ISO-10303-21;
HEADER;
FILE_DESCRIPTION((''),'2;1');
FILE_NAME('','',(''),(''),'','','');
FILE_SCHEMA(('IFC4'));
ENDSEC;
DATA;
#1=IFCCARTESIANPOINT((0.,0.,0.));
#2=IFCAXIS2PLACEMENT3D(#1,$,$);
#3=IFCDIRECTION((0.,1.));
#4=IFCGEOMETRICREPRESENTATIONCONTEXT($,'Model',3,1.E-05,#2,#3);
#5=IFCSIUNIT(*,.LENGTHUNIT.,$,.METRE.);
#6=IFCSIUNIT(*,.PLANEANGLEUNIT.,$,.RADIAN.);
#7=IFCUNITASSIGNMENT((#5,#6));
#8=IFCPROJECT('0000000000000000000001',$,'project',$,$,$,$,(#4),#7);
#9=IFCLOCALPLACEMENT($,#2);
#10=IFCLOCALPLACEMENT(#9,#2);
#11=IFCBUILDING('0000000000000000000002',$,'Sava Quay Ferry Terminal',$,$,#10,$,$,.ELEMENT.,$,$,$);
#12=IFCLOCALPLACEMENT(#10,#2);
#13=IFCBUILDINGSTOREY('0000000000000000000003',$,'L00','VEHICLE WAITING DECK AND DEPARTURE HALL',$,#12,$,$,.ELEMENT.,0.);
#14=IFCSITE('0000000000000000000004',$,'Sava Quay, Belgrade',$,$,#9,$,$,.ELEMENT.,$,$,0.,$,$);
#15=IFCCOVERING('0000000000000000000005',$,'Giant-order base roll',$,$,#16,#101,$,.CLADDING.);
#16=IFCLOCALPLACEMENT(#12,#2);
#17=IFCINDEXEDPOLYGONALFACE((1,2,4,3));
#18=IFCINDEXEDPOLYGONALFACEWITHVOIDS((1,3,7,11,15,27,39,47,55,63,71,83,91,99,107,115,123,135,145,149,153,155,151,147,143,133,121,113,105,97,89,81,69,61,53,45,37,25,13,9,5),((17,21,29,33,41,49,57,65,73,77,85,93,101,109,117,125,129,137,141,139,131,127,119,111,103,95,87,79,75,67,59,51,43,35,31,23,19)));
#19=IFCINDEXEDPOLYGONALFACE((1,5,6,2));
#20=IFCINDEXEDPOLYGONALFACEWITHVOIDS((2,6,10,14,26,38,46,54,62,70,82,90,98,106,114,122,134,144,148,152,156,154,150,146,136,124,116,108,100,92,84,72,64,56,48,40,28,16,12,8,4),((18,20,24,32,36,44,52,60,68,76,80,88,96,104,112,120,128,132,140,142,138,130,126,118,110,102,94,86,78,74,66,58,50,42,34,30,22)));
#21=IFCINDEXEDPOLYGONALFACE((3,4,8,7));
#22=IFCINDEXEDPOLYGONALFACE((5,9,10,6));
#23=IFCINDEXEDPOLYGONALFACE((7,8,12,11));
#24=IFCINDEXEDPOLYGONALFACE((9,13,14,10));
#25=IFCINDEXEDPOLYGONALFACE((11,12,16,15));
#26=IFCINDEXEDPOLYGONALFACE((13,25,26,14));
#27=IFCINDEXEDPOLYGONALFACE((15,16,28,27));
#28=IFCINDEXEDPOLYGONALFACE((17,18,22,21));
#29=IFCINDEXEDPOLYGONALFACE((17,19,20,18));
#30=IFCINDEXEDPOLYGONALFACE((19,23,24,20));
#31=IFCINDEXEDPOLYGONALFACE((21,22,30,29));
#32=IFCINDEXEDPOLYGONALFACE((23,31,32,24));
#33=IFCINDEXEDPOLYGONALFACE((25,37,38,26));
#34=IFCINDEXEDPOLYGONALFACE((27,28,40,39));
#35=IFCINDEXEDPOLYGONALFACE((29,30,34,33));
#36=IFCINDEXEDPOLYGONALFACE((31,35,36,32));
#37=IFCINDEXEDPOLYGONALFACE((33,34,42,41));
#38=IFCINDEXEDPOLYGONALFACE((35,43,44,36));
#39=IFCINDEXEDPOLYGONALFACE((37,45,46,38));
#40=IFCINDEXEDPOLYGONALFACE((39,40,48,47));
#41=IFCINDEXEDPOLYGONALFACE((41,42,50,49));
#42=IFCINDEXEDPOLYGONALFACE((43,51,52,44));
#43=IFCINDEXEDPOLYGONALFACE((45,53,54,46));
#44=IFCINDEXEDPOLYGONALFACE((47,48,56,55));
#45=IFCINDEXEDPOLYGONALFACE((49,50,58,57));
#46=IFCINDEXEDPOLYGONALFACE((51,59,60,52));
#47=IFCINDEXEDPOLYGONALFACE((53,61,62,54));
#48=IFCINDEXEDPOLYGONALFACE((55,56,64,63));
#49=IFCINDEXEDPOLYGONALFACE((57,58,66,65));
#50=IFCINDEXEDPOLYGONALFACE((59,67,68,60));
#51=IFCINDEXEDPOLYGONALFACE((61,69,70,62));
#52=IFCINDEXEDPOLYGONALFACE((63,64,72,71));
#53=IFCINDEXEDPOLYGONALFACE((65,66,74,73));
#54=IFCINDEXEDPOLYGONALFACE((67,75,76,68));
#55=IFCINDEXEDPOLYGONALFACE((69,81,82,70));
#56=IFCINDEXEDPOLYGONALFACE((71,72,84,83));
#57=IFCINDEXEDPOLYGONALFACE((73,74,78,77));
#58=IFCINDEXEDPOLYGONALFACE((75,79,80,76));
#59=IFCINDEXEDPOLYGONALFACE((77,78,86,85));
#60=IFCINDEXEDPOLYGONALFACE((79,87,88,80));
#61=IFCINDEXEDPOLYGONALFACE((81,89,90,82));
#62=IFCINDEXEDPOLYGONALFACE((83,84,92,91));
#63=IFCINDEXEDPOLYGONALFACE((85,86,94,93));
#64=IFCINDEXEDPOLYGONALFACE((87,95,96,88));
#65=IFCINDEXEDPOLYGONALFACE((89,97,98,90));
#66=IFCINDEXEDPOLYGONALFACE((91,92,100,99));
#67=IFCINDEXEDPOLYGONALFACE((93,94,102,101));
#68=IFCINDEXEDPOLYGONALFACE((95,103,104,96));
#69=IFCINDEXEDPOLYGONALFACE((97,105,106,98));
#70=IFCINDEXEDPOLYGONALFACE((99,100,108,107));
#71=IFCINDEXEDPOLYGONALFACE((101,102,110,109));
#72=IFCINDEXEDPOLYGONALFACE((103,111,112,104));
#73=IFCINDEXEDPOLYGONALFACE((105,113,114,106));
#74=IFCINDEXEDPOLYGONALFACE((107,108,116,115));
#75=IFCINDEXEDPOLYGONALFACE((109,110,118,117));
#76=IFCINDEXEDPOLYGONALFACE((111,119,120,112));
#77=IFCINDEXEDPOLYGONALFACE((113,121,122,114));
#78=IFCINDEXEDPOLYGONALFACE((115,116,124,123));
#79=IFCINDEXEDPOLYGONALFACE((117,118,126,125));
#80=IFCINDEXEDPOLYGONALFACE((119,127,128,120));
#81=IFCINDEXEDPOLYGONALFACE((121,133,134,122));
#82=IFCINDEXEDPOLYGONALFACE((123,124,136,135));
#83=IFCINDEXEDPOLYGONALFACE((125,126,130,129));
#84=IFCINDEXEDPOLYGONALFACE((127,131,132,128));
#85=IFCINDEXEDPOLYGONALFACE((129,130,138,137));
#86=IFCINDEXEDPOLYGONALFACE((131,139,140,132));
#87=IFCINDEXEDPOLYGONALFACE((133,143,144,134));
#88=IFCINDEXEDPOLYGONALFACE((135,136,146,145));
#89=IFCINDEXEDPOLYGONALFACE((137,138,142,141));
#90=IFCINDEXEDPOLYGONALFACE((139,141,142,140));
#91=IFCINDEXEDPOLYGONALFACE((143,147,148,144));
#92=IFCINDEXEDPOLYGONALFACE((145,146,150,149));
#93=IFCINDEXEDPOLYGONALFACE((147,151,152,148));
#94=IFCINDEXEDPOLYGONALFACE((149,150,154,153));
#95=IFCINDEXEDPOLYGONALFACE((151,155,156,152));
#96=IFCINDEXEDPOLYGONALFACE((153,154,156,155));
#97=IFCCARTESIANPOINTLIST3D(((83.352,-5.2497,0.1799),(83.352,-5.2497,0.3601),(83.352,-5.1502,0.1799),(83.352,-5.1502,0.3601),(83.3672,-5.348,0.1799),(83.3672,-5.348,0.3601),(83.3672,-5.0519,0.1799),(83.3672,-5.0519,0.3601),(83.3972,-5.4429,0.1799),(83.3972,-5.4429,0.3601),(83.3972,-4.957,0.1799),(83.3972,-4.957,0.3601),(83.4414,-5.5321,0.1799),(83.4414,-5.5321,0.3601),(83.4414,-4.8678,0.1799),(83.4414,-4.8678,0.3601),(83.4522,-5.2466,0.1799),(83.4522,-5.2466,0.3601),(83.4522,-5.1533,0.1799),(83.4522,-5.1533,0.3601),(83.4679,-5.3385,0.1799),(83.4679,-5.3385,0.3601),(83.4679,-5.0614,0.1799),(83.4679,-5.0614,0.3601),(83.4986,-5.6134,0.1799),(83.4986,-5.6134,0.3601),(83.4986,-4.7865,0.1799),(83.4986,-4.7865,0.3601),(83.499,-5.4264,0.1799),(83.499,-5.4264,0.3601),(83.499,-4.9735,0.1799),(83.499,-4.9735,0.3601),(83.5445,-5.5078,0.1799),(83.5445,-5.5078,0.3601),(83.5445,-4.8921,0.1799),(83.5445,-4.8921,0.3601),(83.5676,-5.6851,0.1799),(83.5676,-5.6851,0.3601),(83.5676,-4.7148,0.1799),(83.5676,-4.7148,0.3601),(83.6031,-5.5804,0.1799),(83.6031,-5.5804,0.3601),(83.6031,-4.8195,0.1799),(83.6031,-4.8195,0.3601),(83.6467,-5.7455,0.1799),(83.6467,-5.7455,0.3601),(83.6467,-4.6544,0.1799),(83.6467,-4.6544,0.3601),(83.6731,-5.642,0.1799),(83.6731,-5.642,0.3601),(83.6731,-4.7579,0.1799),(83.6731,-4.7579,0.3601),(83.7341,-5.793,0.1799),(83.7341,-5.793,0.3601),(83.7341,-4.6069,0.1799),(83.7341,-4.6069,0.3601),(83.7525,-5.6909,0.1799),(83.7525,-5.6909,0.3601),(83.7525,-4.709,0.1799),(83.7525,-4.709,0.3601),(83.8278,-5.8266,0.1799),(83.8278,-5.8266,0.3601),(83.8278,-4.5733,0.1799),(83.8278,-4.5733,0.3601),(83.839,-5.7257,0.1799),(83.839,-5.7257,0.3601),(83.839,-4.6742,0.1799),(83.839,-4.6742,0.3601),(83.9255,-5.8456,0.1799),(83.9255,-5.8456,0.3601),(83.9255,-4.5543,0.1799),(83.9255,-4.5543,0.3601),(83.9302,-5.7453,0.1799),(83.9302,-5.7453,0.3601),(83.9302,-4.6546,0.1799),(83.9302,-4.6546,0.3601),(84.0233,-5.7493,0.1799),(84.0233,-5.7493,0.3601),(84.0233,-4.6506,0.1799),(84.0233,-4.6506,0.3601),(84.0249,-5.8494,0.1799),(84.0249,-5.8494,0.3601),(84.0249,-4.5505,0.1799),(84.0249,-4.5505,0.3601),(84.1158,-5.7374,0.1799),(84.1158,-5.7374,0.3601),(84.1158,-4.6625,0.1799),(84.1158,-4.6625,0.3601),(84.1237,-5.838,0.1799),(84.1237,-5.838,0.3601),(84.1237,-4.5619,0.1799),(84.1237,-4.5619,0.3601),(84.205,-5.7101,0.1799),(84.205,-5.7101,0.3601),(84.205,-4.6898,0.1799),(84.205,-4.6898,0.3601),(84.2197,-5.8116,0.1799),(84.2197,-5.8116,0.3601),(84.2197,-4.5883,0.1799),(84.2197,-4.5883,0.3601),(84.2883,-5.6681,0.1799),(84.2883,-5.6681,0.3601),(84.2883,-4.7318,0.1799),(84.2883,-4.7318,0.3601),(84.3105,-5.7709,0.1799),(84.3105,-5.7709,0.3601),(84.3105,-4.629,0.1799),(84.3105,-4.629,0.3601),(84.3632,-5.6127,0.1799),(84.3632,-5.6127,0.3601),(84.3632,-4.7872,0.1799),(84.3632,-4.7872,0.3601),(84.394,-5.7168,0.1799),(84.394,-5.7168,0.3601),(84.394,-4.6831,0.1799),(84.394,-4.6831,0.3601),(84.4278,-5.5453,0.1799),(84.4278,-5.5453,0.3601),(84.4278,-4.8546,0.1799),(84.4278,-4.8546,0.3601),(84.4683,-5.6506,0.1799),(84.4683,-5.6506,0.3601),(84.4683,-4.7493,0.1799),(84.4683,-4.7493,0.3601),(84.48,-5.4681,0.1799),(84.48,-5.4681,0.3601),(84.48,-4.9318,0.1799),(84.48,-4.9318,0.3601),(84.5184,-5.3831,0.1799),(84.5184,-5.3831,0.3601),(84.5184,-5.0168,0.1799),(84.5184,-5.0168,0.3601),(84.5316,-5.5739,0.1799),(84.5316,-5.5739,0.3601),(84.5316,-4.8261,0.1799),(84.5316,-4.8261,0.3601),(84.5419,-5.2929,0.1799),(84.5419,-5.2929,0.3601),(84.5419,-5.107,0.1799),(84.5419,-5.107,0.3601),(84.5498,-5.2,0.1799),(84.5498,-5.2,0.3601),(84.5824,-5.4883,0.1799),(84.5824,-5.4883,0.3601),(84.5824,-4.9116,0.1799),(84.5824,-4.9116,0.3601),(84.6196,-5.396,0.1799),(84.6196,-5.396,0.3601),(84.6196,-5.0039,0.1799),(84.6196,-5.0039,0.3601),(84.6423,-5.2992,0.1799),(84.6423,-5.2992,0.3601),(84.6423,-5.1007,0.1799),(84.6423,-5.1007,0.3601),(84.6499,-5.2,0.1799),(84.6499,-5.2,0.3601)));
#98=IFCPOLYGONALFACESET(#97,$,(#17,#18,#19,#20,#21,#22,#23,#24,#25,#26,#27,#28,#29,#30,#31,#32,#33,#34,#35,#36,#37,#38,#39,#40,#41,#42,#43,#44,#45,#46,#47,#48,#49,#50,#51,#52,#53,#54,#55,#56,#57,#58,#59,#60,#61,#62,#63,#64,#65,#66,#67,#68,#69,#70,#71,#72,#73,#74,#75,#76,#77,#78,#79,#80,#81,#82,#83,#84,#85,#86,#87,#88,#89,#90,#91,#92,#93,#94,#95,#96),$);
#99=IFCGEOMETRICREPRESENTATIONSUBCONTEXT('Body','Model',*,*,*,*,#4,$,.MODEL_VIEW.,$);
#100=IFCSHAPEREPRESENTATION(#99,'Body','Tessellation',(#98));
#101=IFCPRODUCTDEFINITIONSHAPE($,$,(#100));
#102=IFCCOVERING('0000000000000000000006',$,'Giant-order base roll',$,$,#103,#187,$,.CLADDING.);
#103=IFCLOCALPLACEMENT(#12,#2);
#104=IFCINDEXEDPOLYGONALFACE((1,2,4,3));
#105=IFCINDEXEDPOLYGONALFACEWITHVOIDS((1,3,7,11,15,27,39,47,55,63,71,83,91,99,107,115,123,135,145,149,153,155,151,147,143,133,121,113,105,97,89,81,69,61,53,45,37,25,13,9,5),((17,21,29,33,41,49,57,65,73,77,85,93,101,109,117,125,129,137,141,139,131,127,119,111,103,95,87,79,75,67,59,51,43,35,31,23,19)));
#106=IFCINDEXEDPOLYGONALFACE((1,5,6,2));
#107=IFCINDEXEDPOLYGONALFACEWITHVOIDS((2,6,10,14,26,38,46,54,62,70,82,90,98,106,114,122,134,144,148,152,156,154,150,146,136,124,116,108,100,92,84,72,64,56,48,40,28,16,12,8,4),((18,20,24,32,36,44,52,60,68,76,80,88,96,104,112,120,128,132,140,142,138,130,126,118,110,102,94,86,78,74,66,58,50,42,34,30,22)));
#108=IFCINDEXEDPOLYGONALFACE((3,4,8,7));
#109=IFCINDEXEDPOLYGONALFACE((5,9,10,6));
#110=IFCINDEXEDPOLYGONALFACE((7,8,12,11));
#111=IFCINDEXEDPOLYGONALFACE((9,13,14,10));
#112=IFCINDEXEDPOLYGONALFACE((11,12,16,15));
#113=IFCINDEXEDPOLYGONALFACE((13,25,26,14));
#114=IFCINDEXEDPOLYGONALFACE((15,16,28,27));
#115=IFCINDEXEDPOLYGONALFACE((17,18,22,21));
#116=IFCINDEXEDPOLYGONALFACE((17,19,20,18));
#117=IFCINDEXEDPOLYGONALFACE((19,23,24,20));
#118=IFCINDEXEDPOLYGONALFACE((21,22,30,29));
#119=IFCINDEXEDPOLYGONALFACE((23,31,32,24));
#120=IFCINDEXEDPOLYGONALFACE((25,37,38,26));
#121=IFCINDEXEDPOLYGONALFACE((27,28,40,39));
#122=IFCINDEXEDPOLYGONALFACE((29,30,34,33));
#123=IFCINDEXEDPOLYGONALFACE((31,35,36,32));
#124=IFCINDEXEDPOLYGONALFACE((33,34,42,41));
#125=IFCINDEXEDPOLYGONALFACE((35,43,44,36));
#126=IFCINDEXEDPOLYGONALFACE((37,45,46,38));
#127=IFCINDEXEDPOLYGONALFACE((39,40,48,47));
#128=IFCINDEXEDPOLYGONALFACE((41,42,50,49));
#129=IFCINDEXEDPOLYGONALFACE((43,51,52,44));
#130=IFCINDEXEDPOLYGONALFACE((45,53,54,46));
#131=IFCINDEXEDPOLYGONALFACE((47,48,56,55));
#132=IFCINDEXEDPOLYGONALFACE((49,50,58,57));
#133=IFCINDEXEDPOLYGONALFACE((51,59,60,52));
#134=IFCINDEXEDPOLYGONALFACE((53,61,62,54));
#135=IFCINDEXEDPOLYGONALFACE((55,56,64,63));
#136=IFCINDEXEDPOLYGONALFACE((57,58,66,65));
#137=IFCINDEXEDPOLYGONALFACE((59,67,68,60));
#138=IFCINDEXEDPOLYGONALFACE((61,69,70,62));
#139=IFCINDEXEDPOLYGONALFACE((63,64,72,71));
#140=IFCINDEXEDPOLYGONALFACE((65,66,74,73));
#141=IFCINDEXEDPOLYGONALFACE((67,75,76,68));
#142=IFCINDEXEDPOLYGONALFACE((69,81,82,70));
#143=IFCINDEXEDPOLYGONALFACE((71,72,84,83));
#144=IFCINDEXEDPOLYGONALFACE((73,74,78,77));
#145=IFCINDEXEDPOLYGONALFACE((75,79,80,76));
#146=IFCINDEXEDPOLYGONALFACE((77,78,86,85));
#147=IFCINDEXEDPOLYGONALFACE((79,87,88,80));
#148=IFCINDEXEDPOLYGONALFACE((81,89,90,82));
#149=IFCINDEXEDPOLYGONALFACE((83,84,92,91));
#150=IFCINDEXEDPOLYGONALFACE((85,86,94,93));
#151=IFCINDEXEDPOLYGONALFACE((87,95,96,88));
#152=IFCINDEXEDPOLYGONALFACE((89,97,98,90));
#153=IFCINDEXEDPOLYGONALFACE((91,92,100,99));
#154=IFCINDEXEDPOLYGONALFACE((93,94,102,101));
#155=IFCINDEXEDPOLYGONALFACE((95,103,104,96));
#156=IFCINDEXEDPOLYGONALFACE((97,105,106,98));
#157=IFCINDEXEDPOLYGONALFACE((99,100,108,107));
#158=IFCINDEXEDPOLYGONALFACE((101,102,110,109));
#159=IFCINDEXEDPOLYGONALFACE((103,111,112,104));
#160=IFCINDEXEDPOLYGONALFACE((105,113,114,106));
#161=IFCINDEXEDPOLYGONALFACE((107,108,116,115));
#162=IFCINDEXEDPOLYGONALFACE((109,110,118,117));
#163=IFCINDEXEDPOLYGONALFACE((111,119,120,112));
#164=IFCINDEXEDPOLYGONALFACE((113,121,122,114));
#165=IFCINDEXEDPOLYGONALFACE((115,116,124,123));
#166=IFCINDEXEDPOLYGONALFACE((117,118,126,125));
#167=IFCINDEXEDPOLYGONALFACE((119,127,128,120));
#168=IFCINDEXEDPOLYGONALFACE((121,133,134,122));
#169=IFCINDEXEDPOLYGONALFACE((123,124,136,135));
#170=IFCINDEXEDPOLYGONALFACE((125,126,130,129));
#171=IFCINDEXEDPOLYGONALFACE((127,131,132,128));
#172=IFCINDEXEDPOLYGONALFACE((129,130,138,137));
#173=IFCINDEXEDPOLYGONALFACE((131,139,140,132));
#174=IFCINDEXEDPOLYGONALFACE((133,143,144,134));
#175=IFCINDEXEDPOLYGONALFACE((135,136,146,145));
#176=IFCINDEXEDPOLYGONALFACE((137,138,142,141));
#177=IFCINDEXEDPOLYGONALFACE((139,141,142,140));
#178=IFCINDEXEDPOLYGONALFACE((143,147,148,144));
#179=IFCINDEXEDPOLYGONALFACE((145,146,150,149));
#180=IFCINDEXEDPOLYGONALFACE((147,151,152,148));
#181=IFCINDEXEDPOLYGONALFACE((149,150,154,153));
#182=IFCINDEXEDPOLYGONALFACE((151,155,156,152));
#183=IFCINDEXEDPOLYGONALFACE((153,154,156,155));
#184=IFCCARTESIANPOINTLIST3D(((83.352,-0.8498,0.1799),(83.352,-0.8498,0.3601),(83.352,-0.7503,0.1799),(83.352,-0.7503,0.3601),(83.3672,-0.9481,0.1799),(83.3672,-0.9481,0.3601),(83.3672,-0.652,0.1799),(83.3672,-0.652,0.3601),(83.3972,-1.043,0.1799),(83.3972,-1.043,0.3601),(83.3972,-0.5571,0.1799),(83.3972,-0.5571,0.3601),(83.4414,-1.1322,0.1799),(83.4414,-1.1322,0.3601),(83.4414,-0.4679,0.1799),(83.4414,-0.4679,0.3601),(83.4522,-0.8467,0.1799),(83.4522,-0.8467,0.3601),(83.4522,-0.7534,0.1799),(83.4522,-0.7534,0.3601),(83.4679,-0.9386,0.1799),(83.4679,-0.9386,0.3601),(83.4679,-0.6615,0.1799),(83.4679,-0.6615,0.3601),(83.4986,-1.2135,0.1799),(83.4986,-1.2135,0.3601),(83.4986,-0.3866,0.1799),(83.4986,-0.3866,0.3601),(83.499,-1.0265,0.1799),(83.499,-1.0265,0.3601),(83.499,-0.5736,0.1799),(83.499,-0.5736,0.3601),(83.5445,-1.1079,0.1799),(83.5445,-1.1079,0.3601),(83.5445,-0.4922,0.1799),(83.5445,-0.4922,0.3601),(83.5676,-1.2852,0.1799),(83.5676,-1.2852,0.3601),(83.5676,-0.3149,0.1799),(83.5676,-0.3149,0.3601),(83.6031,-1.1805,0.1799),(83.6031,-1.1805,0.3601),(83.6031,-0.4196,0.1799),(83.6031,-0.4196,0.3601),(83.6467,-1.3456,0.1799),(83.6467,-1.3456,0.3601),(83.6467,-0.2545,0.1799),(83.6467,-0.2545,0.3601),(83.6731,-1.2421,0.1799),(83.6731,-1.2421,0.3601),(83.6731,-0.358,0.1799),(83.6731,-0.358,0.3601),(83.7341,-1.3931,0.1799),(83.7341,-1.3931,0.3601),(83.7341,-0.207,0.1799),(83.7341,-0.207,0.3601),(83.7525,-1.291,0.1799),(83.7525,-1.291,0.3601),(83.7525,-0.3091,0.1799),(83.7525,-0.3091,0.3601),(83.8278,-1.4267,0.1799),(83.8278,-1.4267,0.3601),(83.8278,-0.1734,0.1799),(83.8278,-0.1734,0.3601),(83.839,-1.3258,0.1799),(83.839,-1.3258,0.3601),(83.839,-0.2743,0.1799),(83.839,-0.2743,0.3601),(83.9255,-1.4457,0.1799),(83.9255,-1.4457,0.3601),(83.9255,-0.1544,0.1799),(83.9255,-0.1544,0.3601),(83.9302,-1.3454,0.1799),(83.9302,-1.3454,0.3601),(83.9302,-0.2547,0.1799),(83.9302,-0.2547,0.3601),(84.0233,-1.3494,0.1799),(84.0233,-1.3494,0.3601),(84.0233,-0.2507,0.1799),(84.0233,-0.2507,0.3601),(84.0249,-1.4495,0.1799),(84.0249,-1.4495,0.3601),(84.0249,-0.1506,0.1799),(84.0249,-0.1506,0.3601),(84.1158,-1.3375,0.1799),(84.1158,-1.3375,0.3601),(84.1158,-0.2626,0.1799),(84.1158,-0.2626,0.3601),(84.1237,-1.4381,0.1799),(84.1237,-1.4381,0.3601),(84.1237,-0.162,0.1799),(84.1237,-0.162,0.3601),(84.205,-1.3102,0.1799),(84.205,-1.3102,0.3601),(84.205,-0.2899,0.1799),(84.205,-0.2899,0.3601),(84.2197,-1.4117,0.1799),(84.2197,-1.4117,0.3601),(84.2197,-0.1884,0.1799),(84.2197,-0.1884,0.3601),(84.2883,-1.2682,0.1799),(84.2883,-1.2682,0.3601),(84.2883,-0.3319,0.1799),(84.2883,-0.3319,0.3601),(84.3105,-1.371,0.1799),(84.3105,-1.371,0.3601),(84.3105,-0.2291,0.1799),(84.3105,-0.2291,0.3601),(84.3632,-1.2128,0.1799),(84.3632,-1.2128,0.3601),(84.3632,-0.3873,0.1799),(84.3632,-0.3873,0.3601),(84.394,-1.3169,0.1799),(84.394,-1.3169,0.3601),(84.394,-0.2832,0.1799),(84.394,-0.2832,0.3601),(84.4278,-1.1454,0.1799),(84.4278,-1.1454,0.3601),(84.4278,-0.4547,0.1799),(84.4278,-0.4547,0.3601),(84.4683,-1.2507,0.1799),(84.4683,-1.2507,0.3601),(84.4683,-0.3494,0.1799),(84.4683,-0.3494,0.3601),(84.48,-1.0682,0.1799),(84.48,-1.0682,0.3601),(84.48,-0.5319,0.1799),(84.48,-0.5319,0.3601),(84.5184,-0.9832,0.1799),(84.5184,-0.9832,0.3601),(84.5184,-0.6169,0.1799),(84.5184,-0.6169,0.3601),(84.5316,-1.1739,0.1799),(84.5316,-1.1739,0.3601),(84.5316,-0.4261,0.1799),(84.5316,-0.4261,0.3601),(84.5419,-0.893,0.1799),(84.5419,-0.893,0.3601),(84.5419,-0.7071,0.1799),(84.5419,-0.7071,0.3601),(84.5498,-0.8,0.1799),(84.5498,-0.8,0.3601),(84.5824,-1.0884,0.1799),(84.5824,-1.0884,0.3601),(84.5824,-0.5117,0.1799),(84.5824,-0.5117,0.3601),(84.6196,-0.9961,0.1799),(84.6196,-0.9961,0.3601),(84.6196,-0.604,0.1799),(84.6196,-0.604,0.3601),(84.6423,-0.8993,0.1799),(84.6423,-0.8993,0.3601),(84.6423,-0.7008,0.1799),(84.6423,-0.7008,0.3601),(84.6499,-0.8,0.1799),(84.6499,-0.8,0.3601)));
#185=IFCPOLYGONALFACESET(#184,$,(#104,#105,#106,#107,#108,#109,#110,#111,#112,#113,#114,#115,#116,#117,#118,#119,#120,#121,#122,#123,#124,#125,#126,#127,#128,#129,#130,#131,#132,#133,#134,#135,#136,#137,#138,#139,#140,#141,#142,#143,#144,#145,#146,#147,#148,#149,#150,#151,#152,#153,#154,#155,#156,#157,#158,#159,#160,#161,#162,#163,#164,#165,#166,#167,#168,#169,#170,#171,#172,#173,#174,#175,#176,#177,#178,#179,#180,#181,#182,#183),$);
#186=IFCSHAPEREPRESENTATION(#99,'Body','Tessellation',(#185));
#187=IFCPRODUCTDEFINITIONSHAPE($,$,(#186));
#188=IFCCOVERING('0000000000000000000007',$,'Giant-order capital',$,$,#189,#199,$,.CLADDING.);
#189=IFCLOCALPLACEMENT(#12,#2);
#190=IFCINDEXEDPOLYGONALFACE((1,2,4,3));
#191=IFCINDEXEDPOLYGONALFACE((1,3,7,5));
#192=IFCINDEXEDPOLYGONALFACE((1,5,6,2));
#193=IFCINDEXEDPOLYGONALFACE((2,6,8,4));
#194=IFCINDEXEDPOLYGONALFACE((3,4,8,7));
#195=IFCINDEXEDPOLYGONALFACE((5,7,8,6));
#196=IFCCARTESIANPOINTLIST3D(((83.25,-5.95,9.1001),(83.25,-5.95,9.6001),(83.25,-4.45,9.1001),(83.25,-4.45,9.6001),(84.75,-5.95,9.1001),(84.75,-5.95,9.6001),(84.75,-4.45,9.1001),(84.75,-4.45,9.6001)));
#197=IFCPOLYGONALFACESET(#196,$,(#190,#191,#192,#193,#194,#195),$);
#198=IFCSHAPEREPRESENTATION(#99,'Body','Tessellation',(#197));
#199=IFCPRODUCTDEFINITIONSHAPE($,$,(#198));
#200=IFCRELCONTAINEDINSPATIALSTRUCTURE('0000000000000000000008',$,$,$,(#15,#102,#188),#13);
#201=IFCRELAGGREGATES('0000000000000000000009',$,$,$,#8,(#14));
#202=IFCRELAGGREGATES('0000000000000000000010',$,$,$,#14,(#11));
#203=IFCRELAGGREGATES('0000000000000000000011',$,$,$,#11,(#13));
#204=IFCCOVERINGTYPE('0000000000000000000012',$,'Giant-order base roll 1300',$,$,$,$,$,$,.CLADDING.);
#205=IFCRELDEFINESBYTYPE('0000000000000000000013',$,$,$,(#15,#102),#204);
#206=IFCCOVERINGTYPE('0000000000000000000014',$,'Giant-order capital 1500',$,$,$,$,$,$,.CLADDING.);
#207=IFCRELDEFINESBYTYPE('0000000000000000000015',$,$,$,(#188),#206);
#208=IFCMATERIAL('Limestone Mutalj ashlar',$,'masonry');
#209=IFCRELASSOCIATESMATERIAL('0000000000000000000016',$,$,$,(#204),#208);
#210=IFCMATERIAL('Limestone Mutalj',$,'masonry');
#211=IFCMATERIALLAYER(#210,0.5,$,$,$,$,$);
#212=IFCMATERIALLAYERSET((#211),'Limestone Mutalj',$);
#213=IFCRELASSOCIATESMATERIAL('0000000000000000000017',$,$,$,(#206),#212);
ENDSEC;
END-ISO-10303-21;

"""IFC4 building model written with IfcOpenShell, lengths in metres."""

from ifc_helpers import new_model, si_unit, direction, frame, origin, origin_2d, place, context, subcontext, project, spatial, rectangle, hollow_circle, extrude, material, layer, layer_set, material_profile, profile_set, type_object, element, save


model = new_model("IFC4")

# Units and contexts
model_context = context("Model", 3, precision=1e-05, world=origin(), true_north=direction((0.0, 1.0)))
body_context = subcontext(model_context, "Body", "Model", "MODEL_VIEW")
ifc_project = project(units=[si_unit("LENGTHUNIT", "METRE"), si_unit("PLANEANGLEUNIT", "RADIAN")], contexts=[model_context])

# Site, building, storey
site_placement = place(None, origin())
site = spatial("IfcSite", under=ifc_project, at=site_placement, Name="Sava Quay, Belgrade", CompositionType="ELEMENT", RefElevation=0.0)
building_placement = place(site_placement, origin())
building = spatial("IfcBuilding", under=site, at=building_placement, Name="Sava Quay Ferry Terminal", CompositionType="ELEMENT")
storey_placement = place(building_placement, origin())
storey = spatial("IfcBuildingStorey", under=building, at=storey_placement, Name="L00", Description="VEHICLE WAITING DECK AND DEPARTURE HALL", CompositionType="ELEMENT", Elevation=0.0)

# Coverings
ifc_material_1 = material(Name="Limestone Mutalj ashlar", Category="masonry")
ifc_material_profile_1 = material_profile(ifc_material_1, hollow_circle(Radius=0.6499, WallThickness=0.1001, at=origin_2d()), Name="Base roll 1300")
ifc_profile_set_1 = profile_set([ifc_material_profile_1], Name="Limestone Mutalj ashlar")
covering_type_1 = type_object("IfcCoveringType", Name="Giant-order base roll 1300", PredefinedType="CLADDING", material=ifc_profile_set_1)
for number, where, z_axis, x_axis, name in (
    (1, (84.0, -5.2, 0.1799), (0.0, 0.0, 1.0), (1.0, 0.0, 0.0), "Giant-order base roll"),
    (2, (84.0, -0.8, 0.1799), (0.0, 0.0, 1.0), (1.0, 0.0, 0.0), "Giant-order base roll"),
):
    element("IfcCovering", number, at=place(storey_placement, frame(where, z_axis=z_axis, x_axis=x_axis)), inside=storey, type_object=covering_type_1, Name=name, PredefinedType="CLADDING", context=body_context, shape_type="SweptSolid", body=[
        extrude(hollow_circle(Radius=0.6499, WallThickness=0.1001, at=origin_2d()), origin(), (0.0, 0.0, 1.0), 0.1802),
    ])
ifc_material_2 = material(Name="Limestone Mutalj", Category="masonry")
ifc_layer_1 = layer(ifc_material_2, 0.5)
ifc_layer_set_1 = layer_set([ifc_layer_1], Name="Limestone Mutalj")
covering_type_2 = type_object("IfcCoveringType", Name="Giant-order capital 1500", PredefinedType="CLADDING", material=ifc_layer_set_1)
for number, where, z_axis, x_axis, name in (
    (3, (84.0, -5.2, 9.1001), (0.0, 0.0, 1.0), (1.0, 0.0, 0.0), "Giant-order capital"),
):
    element("IfcCovering", number, at=place(storey_placement, frame(where, z_axis=z_axis, x_axis=x_axis)), inside=storey, type_object=covering_type_2, Name=name, PredefinedType="CLADDING", context=body_context, shape_type="SweptSolid", body=[
        extrude(rectangle(XDim=1.5, YDim=1.5, at=origin_2d()), origin(), (0.0, 0.0, 1.0), 0.5),
    ])

save(model, "model.ifc")
